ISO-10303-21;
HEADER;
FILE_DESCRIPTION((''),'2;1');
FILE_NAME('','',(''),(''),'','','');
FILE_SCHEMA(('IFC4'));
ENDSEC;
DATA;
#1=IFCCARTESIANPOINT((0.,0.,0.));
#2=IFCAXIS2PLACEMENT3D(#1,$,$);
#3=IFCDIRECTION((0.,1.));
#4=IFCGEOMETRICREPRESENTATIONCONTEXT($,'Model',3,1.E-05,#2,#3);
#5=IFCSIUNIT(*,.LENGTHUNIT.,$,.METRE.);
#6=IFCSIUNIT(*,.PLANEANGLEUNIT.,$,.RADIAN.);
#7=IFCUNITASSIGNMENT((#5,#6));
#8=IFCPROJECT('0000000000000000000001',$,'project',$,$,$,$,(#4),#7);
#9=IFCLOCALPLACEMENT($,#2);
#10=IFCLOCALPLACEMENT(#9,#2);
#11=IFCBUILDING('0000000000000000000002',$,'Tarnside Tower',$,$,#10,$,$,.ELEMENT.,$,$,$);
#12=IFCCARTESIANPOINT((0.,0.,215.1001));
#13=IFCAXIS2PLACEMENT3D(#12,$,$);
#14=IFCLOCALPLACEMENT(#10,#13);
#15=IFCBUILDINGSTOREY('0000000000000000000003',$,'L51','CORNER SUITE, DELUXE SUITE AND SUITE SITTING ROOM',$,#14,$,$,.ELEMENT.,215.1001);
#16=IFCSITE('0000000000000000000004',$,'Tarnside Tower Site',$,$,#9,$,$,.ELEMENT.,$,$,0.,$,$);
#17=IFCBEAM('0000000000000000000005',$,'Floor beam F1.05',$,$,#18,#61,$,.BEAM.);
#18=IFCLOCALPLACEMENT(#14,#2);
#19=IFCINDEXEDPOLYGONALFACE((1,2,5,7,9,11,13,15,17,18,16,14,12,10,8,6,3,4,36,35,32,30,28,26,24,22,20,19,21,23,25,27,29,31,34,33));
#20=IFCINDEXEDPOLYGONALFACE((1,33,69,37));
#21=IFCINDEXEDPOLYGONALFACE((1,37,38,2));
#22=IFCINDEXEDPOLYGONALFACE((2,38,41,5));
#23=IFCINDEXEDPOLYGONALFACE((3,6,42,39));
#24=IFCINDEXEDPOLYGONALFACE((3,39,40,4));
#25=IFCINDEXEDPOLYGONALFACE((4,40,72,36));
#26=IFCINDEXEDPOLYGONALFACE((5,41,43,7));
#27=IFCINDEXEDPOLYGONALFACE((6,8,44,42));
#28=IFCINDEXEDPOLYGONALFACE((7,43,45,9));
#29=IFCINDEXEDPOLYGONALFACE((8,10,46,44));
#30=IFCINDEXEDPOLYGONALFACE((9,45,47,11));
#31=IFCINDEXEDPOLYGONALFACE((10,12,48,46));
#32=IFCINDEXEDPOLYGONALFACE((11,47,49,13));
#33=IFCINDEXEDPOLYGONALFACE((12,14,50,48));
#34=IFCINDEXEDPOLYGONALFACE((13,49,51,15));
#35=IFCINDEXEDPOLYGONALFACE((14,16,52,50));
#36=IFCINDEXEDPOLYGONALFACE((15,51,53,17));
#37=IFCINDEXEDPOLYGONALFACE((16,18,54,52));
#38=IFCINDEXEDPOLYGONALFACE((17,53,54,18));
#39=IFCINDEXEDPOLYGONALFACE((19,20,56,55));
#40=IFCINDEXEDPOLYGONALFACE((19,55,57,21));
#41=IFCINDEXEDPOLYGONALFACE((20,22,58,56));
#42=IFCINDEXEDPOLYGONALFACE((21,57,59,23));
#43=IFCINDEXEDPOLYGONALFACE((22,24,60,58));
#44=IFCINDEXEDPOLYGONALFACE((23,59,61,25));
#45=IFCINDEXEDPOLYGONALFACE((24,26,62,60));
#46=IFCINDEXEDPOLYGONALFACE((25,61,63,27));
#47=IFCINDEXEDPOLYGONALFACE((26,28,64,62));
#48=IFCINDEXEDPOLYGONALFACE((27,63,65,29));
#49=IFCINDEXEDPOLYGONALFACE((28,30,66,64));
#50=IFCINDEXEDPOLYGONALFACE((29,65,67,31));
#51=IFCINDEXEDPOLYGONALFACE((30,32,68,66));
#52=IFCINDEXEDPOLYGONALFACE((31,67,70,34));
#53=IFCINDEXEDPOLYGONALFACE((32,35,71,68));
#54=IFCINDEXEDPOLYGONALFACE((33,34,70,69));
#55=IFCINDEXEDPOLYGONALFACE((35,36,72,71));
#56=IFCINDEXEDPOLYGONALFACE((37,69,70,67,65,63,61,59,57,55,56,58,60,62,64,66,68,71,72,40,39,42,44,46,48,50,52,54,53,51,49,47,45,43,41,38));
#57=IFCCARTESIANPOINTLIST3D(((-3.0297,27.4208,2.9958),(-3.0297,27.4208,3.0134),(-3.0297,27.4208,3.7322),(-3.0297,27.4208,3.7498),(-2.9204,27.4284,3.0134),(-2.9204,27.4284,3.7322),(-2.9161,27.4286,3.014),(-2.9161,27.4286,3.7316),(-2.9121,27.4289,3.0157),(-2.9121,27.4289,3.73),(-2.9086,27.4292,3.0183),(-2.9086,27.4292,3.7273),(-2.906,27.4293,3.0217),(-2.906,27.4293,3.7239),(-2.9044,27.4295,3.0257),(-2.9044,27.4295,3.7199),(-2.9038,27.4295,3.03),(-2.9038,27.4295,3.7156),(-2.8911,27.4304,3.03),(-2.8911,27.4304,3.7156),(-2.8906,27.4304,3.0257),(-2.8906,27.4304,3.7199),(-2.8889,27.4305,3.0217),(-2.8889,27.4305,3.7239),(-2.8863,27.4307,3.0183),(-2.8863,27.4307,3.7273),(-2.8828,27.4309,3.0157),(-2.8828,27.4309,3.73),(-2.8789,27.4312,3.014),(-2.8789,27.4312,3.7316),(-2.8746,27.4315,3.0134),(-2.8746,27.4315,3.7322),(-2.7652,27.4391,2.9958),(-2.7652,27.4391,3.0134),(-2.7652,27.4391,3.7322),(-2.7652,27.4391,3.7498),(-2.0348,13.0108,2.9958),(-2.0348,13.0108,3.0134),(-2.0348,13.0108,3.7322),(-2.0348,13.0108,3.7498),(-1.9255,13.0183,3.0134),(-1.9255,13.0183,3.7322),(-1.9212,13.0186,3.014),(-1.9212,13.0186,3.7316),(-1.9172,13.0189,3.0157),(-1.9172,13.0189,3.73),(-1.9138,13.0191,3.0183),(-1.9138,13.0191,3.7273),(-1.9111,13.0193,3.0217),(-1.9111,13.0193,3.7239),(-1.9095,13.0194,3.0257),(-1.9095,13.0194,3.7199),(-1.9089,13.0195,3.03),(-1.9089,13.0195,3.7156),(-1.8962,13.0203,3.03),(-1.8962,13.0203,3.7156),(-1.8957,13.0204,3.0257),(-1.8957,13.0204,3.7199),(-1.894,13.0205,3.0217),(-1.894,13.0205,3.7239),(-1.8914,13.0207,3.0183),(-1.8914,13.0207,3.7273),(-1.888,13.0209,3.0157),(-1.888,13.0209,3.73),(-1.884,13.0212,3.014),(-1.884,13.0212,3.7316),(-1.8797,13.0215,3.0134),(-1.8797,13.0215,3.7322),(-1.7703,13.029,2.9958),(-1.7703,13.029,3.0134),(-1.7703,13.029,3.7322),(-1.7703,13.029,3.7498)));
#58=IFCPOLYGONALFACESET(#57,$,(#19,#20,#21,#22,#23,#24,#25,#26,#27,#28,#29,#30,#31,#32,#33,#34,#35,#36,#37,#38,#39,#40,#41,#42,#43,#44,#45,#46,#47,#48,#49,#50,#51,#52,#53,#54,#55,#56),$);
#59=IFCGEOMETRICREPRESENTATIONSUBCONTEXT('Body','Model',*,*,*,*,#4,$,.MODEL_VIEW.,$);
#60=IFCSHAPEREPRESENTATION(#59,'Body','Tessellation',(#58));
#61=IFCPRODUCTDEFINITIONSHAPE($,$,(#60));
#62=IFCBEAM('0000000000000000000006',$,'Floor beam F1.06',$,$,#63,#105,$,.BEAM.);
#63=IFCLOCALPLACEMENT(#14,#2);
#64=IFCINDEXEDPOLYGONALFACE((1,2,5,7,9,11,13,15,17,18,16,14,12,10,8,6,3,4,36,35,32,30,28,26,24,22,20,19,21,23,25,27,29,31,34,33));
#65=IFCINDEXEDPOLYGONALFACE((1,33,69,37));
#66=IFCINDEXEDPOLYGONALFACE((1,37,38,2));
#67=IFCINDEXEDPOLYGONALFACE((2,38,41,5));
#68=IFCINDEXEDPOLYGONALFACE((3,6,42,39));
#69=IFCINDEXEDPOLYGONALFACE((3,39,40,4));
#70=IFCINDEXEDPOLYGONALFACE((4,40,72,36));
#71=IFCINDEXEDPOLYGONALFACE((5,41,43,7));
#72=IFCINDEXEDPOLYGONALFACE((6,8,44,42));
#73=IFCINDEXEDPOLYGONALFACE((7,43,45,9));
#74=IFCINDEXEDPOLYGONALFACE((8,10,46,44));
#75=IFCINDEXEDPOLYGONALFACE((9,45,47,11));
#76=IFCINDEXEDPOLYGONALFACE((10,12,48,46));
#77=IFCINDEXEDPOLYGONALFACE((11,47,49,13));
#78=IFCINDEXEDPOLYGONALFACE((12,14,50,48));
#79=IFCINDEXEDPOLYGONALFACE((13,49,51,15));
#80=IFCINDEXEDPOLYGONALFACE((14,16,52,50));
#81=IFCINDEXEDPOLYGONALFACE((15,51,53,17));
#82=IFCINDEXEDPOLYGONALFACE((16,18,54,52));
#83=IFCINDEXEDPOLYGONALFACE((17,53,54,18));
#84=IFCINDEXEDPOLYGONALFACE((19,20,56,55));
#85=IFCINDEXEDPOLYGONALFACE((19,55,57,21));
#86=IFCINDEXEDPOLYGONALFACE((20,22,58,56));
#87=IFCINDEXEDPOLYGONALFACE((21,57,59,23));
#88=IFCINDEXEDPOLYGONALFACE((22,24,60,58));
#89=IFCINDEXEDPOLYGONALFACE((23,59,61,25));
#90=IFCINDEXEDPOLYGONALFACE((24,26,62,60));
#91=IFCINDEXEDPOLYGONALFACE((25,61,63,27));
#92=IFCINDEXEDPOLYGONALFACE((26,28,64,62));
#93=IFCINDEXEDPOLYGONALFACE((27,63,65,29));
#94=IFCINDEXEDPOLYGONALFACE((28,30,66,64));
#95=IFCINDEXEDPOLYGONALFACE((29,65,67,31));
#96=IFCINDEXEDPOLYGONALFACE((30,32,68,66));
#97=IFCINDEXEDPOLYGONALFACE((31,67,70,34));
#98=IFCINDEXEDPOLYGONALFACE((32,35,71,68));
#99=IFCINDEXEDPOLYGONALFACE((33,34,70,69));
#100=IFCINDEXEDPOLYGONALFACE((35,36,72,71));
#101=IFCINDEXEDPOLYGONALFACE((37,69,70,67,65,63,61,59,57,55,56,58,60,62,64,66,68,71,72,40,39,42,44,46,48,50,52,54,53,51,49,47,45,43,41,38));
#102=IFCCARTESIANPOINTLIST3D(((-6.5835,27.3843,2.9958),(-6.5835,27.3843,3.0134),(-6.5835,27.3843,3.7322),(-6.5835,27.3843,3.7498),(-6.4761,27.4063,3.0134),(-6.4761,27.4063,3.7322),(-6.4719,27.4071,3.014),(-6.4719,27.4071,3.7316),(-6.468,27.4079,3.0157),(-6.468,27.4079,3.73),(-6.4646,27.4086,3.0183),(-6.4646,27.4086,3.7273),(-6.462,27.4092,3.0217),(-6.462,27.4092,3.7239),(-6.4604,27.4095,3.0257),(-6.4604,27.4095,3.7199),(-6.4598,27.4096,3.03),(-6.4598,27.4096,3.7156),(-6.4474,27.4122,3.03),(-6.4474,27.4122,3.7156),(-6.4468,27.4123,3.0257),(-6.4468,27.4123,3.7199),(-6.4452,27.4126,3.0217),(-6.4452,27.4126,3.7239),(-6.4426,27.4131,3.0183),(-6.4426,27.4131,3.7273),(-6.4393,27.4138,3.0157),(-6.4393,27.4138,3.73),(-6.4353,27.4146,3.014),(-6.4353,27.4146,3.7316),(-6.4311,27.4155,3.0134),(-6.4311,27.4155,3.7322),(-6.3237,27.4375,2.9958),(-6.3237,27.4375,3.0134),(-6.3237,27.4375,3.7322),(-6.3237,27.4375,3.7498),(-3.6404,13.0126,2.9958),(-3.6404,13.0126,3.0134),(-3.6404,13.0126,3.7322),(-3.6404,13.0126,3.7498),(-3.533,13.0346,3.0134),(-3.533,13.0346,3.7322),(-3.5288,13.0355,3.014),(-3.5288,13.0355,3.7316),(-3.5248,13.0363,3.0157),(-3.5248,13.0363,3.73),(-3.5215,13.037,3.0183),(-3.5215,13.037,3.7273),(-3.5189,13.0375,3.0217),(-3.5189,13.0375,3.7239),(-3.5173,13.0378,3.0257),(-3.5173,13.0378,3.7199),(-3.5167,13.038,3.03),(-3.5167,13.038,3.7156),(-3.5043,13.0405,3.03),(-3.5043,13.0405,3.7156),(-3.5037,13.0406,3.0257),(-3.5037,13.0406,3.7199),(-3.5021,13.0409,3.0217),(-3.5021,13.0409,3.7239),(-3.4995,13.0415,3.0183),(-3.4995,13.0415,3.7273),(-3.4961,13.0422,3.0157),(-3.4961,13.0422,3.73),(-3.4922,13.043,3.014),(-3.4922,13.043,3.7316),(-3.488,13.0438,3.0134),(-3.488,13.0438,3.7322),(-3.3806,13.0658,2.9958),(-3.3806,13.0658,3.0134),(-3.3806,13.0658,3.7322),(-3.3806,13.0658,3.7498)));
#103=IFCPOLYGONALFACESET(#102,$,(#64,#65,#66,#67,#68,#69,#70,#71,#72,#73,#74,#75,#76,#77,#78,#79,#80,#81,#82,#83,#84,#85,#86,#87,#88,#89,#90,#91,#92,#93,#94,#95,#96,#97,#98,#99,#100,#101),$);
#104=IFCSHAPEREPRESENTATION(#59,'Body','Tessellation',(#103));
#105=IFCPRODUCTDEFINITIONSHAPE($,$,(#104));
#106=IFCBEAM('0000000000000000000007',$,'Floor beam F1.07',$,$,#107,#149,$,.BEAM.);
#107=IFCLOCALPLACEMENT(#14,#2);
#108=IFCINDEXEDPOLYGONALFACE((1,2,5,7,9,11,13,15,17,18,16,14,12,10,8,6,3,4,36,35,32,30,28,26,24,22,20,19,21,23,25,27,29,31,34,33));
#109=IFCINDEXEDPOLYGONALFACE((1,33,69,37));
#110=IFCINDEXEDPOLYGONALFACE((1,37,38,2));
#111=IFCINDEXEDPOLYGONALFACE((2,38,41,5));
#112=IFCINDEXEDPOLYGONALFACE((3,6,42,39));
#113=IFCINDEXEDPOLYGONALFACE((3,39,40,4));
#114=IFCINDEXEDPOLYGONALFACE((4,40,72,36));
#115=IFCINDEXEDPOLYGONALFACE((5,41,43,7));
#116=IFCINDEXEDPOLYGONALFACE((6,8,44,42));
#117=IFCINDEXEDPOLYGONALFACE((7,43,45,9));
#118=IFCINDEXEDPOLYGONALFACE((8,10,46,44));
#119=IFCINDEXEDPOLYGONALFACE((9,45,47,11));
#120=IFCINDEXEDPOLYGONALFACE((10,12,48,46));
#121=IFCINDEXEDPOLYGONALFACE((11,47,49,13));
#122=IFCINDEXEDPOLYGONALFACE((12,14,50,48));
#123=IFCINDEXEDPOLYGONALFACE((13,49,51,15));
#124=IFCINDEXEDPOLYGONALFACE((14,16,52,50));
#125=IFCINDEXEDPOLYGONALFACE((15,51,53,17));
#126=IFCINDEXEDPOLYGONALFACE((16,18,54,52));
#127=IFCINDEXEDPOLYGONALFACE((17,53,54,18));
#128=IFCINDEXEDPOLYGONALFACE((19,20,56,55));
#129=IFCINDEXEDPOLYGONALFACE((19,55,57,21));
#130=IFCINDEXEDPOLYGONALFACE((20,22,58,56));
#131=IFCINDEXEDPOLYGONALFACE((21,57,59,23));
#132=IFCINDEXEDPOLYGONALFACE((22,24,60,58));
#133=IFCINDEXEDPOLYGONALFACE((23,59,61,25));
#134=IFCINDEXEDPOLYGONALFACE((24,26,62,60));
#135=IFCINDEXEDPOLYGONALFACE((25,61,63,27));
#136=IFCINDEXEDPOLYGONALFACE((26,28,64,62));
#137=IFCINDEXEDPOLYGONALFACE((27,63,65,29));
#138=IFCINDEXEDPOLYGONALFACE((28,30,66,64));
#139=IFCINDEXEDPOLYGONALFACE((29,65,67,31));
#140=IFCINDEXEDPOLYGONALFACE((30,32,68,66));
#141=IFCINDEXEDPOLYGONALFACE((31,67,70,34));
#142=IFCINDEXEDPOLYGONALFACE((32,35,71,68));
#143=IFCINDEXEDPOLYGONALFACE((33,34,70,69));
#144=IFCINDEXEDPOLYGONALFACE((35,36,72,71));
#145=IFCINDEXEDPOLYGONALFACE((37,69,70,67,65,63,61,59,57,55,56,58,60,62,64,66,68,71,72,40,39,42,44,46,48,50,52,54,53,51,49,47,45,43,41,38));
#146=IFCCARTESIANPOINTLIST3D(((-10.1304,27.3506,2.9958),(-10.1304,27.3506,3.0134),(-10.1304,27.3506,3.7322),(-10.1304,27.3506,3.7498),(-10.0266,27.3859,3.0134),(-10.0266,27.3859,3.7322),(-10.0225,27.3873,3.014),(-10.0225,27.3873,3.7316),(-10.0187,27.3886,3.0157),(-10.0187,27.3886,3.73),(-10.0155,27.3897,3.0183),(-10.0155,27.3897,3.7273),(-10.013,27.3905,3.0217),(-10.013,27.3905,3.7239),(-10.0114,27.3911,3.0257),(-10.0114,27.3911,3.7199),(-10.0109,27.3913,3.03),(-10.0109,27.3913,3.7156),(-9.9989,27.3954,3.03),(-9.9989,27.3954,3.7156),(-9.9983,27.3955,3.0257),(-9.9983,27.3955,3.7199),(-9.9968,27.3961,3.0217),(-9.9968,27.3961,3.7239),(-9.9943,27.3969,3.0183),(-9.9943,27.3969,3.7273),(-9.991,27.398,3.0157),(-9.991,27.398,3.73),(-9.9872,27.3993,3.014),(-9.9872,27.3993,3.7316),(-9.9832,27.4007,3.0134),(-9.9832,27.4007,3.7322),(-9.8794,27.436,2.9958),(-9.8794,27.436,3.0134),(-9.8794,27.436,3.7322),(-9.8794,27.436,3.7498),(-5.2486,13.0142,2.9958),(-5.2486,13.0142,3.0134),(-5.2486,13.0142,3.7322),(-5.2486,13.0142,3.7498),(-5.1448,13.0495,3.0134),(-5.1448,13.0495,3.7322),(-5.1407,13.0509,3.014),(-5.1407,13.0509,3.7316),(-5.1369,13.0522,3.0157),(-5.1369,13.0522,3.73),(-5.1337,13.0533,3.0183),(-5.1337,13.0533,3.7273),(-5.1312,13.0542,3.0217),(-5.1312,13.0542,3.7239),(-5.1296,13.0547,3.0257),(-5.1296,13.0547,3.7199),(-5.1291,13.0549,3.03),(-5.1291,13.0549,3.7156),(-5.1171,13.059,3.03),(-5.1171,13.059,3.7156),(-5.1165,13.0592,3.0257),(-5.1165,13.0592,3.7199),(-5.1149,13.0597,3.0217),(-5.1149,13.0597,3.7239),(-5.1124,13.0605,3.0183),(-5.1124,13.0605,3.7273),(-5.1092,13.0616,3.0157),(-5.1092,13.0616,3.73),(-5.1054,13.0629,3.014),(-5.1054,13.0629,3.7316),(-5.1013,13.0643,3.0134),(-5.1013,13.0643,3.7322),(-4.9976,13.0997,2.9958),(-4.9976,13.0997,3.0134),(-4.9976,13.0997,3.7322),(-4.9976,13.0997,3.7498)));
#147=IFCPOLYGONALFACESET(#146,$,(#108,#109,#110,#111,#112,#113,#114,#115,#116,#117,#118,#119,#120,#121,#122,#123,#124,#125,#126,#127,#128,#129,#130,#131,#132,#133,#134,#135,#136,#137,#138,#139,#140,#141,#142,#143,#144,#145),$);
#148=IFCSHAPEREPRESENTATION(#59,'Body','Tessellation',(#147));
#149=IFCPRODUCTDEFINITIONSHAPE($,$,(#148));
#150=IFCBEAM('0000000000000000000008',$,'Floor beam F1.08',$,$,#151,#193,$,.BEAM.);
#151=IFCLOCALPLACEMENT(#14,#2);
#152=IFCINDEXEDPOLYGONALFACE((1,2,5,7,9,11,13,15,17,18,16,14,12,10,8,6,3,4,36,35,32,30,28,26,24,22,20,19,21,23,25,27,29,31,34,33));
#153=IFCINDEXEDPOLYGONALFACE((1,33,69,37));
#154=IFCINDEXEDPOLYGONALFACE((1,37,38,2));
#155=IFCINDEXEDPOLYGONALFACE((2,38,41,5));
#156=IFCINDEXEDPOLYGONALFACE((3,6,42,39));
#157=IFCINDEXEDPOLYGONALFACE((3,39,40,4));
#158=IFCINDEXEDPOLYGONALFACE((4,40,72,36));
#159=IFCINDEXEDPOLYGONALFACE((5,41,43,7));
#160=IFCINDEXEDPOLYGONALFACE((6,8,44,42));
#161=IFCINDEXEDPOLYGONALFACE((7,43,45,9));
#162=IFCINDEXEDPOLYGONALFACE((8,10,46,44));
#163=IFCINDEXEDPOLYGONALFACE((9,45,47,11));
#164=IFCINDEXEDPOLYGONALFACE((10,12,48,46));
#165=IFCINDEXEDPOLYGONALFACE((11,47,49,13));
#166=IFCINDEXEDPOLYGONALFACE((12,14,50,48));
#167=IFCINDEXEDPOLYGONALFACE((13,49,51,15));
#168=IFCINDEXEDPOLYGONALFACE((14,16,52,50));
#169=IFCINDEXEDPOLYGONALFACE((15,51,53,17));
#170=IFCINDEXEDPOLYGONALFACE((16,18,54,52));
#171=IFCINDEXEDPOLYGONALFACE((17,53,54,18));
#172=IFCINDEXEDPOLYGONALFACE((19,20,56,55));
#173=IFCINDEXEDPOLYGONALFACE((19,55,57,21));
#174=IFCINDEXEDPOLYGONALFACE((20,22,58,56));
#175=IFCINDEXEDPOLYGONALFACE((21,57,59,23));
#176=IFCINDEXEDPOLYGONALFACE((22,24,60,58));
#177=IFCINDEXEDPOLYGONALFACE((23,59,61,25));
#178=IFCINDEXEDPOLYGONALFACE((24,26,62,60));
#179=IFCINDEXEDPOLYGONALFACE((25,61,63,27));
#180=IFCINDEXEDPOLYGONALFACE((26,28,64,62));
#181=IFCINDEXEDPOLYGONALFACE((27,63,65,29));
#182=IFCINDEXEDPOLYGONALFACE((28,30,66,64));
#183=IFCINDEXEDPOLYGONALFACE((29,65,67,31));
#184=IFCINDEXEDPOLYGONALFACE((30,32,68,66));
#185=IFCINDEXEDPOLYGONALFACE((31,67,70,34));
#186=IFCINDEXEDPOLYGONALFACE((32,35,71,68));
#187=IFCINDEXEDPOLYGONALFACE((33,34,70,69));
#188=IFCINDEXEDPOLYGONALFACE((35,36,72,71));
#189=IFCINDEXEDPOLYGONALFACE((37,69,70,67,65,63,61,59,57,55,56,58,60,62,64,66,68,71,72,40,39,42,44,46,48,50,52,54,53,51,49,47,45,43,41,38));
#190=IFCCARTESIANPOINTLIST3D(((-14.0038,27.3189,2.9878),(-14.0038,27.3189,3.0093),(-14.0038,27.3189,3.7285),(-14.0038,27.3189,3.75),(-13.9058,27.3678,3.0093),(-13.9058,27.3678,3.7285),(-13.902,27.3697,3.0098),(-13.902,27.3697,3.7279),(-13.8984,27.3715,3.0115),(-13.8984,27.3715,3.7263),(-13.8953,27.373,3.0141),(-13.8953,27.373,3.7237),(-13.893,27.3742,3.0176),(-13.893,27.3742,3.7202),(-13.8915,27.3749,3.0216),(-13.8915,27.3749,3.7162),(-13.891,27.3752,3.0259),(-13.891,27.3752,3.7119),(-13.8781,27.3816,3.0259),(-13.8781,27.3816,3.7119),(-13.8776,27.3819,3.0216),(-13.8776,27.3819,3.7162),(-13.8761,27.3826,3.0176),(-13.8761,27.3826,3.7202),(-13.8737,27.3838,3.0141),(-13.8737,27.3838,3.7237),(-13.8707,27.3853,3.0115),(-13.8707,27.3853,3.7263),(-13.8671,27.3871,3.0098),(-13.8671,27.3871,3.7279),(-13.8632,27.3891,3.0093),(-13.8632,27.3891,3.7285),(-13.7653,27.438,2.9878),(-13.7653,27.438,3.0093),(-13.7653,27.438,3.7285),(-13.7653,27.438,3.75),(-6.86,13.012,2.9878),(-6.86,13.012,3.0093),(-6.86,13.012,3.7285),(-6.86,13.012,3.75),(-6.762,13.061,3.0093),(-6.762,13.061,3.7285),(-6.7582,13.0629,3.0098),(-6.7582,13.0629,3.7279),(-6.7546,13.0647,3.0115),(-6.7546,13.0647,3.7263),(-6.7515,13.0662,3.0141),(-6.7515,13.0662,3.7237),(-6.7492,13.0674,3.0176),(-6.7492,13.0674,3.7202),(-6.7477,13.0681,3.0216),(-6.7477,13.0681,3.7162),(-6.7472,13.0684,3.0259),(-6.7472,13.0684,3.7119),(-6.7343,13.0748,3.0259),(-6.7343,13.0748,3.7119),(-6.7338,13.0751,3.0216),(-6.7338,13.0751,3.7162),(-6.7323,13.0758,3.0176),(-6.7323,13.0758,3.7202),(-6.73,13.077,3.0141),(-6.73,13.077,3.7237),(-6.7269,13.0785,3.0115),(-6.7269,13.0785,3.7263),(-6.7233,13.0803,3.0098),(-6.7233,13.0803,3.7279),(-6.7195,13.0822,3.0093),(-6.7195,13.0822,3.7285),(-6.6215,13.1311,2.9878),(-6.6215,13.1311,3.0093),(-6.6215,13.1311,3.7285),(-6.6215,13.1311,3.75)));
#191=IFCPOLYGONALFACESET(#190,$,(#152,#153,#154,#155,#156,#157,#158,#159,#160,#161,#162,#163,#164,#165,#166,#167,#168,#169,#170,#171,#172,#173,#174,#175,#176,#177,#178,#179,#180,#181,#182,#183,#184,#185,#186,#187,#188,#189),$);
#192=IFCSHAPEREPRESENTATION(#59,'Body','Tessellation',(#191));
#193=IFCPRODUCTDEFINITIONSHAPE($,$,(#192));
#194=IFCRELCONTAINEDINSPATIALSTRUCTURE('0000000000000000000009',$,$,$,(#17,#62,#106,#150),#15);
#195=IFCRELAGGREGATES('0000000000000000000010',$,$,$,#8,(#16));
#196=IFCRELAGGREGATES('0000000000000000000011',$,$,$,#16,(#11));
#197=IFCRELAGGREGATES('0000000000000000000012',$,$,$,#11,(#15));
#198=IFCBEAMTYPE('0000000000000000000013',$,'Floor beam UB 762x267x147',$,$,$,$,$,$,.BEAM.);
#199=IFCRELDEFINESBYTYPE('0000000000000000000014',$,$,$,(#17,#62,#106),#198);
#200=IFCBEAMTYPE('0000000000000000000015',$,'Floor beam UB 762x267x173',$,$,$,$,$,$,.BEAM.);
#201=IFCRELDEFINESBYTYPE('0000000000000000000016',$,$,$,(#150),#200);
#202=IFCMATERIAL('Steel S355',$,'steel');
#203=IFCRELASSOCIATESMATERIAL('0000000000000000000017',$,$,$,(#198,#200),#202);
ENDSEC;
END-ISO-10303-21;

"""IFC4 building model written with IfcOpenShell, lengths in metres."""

from ifc_helpers import new_model, si_unit, direction, frame, origin, origin_2d, place, context, subcontext, project, spatial, i_section, extrude, material, material_profile, profile_set, type_object, element, save


model = new_model("IFC4")

# Units and contexts
model_context = context("Model", 3, precision=1e-05, world=origin(), true_north=direction((0.0, 1.0)))
body_context = subcontext(model_context, "Body", "Model", "MODEL_VIEW")
ifc_project = project(units=[si_unit("LENGTHUNIT", "METRE"), si_unit("PLANEANGLEUNIT", "RADIAN")], contexts=[model_context])

# Site, building, storey
site_placement = place(None, origin())
site = spatial("IfcSite", under=ifc_project, at=site_placement, Name="Tarnside Tower Site", CompositionType="ELEMENT", RefElevation=0.0)
building_placement = place(site_placement, origin())
building = spatial("IfcBuilding", under=site, at=building_placement, Name="Tarnside Tower", CompositionType="ELEMENT")
storey_placement = place(building_placement, frame((0.0, 0.0, 215.1001)))
storey = spatial("IfcBuildingStorey", under=building, at=storey_placement, Name="L51", Description="CORNER SUITE, DELUXE SUITE AND SUITE SITTING ROOM", CompositionType="ELEMENT", Elevation=215.1001)

# Beams
ifc_material_1 = material(Name="Steel S355", Category="steel")
ifc_material_profile_1 = material_profile(ifc_material_1, i_section(OverallWidth=0.2651, OverallDepth=0.7539, WebThickness=0.0127, FlangeThickness=0.0176, FilletRadius=0.0166, at=origin_2d()), Name="UB 762x267x147")
ifc_profile_set_1 = profile_set([ifc_material_profile_1], Name="Steel S355")
beam_type_1 = type_object("IfcBeamType", Name="Floor beam UB 762x267x147", PredefinedType="BEAM", material=ifc_profile_set_1)
beam_1_placement = place(storey_placement, frame((-2.8975, 27.4299, 3.3728), z_axis=(0.068877, -0.997625, 0.0), x_axis=(0.997625, 0.068877, 0.0)))
element("IfcBeam", 1, at=beam_1_placement, inside=storey, type_object=beam_type_1, Name="Floor beam F1.05", PredefinedType="BEAM", context=body_context, shape_type="SweptSolid", body=[
    extrude(i_section(OverallWidth=0.2651, OverallDepth=0.7539, WebThickness=0.0127, FlangeThickness=0.0176, FilletRadius=0.0166, at=origin_2d()), origin(), (0.0, 0.0, 1.0), 14.4443),
])
beam_2_placement = place(storey_placement, frame((-6.4536, 27.4109, 3.3728), z_axis=(0.200623, -0.979668, 0.0), x_axis=(0.979668, 0.200623, 0.0)))
element("IfcBeam", 2, at=beam_2_placement, inside=storey, type_object=beam_type_1, Name="Floor beam F1.06", PredefinedType="BEAM", context=body_context, shape_type="SweptSolid", body=[
    extrude(i_section(OverallWidth=0.2651, OverallDepth=0.7539, WebThickness=0.0127, FlangeThickness=0.0176, FilletRadius=0.0166, at=origin_2d()), origin(), (0.0, 0.0, 1.0), 14.6699),
])
beam_3_placement = place(storey_placement, frame((-10.0049, 27.3933, 3.3728), z_axis=(0.322344, -0.946623, 0.0), x_axis=(0.946623, 0.322344, 0.0)))
element("IfcBeam", 3, at=beam_3_placement, inside=storey, type_object=beam_type_1, Name="Floor beam F1.07", PredefinedType="BEAM", context=body_context, shape_type="SweptSolid", body=[
    extrude(i_section(OverallWidth=0.2651, OverallDepth=0.7539, WebThickness=0.0127, FlangeThickness=0.0176, FilletRadius=0.0166, at=origin_2d()), origin(), (0.0, 0.0, 1.0), 15.1448),
])
ifc_material_profile_2 = material_profile(ifc_material_1, i_section(OverallWidth=0.2666, OverallDepth=0.7622, WebThickness=0.0144, FlangeThickness=0.0215, FilletRadius=0.0166, at=origin_2d()), Name="UB 762x267x173")
ifc_profile_set_2 = profile_set([ifc_material_profile_2], Name="Steel S355")
beam_type_2 = type_object("IfcBeamType", Name="Floor beam UB 762x267x173", PredefinedType="BEAM", material=ifc_profile_set_2)
beam_4_placement = place(storey_placement, frame((-13.8845, 27.3784, 3.3689), z_axis=(0.446731, -0.894668, 0.0), x_axis=(0.894668, 0.446731, 0.0)))
element("IfcBeam", 4, at=beam_4_placement, inside=storey, type_object=beam_type_2, Name="Floor beam F1.08", PredefinedType="BEAM", context=body_context, shape_type="SweptSolid", body=[
    extrude(i_section(OverallWidth=0.2666, OverallDepth=0.7622, WebThickness=0.0144, FlangeThickness=0.0215, FilletRadius=0.0166, at=origin_2d()), origin(), (0.0, 0.0, 1.0), 15.9912),
])

save(model, "model.ifc")
